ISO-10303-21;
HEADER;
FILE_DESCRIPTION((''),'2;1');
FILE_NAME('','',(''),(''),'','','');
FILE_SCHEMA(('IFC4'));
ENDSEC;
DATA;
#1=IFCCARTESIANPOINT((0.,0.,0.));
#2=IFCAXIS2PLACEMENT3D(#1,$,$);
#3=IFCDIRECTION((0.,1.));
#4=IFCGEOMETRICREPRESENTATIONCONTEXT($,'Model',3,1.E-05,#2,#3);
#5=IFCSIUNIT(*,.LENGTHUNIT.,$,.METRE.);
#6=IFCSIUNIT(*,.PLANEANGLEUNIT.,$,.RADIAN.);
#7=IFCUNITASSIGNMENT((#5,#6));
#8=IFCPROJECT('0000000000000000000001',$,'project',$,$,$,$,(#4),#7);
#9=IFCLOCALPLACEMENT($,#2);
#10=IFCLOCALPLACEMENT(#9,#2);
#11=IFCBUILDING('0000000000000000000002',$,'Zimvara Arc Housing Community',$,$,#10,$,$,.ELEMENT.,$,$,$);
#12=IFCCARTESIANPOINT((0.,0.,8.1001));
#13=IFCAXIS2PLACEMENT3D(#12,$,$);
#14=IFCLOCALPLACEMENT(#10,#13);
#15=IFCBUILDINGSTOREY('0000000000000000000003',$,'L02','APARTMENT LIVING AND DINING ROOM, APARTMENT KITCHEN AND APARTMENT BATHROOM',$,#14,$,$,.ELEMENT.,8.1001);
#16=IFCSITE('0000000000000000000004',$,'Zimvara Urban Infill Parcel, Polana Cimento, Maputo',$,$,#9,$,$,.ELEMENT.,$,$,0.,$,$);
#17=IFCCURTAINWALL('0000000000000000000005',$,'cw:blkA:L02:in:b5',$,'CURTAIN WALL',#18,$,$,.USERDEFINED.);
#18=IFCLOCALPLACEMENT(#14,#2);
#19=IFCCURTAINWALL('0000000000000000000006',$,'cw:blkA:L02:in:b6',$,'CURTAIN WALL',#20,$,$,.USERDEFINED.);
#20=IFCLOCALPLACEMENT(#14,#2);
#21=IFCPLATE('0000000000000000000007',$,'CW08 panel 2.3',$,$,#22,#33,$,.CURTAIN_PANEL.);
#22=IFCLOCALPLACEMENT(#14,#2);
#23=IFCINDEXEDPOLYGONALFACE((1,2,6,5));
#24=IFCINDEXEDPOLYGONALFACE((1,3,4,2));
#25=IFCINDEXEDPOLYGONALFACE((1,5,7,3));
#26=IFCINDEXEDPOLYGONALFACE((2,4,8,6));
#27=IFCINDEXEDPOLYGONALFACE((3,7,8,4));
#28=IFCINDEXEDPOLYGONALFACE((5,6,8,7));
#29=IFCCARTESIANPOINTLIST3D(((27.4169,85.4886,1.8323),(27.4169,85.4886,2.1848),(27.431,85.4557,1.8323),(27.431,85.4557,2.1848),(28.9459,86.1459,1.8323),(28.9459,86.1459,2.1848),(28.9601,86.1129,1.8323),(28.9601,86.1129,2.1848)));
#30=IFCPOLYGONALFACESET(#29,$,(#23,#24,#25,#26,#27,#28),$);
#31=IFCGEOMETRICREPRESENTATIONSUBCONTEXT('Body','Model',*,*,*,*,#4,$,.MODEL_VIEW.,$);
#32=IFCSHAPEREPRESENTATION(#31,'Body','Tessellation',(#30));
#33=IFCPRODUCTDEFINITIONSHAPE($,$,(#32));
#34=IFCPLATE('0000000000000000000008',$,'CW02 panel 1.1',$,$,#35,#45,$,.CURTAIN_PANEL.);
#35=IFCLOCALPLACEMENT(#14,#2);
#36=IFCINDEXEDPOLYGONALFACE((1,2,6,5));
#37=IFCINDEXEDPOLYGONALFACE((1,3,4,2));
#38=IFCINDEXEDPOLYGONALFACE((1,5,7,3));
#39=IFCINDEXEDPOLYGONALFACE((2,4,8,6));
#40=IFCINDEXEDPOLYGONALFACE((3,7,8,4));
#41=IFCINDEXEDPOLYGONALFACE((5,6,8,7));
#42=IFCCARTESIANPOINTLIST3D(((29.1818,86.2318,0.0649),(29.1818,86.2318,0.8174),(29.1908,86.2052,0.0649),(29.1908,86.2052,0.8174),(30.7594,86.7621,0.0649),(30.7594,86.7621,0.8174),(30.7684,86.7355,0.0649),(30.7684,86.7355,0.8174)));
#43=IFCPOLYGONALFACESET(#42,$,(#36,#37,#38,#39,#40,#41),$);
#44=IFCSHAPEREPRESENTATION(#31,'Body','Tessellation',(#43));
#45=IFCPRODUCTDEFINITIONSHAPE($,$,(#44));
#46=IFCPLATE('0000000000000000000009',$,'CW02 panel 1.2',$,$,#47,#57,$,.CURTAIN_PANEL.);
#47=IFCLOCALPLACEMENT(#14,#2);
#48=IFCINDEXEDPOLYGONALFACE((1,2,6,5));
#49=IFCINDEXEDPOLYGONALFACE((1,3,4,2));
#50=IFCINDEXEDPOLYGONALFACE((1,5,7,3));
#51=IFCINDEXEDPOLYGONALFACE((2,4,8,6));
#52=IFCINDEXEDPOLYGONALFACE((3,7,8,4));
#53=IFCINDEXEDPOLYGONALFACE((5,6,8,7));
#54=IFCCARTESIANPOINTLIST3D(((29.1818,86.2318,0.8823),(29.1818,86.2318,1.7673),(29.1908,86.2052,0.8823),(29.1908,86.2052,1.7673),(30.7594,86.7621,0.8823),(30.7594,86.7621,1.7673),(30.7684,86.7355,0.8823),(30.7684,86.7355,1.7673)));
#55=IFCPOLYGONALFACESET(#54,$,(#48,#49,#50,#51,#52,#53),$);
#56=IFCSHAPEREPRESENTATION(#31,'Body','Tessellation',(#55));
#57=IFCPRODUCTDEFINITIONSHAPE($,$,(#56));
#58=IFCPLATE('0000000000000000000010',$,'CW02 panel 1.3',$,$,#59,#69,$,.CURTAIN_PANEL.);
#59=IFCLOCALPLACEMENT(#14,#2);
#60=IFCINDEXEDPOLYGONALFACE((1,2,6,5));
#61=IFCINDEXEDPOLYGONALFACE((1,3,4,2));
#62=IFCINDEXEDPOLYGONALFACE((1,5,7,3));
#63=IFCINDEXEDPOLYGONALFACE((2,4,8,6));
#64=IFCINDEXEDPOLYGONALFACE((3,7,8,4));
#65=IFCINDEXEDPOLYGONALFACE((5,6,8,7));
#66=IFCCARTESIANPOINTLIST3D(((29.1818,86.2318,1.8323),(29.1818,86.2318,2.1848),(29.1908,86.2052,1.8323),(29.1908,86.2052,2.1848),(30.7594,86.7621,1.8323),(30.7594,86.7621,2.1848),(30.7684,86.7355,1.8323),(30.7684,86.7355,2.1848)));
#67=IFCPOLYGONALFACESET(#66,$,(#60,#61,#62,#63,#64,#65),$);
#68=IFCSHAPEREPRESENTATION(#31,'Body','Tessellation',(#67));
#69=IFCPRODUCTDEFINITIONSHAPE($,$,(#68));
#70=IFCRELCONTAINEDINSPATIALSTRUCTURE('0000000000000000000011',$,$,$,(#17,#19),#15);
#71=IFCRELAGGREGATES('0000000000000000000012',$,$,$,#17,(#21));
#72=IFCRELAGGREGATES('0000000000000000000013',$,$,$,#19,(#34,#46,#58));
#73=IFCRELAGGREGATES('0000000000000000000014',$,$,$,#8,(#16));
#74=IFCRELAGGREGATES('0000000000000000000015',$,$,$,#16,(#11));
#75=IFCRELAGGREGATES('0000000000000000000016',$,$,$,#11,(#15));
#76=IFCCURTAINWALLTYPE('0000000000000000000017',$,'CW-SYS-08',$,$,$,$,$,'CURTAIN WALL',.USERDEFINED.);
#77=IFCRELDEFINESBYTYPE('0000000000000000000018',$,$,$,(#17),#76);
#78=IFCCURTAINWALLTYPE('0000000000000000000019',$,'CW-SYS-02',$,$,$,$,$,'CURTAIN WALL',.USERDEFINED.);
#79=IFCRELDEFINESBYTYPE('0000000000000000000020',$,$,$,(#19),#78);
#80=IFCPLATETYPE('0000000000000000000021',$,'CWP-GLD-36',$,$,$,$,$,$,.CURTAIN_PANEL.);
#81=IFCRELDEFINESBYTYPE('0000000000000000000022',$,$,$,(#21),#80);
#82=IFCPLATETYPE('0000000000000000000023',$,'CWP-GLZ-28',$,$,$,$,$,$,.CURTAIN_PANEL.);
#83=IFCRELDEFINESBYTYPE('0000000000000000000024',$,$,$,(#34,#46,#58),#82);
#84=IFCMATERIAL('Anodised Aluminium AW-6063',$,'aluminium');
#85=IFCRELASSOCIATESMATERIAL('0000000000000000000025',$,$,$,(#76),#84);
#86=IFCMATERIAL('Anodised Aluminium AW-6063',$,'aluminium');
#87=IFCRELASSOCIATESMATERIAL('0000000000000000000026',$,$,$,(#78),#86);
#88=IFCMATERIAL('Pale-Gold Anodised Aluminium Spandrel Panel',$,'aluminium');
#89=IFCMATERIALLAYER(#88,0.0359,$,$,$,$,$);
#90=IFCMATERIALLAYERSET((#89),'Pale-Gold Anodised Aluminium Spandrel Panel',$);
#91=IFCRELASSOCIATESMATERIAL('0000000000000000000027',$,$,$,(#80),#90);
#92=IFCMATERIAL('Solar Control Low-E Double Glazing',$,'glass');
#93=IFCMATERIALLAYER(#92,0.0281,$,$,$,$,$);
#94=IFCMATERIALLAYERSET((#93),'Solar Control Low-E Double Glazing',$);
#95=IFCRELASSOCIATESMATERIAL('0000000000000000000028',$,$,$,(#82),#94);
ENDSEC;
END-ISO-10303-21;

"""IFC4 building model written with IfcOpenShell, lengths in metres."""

from ifc_helpers import new_model, si_unit, direction, frame, origin, origin_2d, place, context, subcontext, project, spatial, rectangle, extrude, material, layer, layer_set, type_object, element, aggregate, save


model = new_model("IFC4")

# Units and contexts
model_context = context("Model", 3, precision=1e-05, world=origin(), true_north=direction((0.0, 1.0)))
body_context = subcontext(model_context, "Body", "Model", "MODEL_VIEW")
ifc_project = project(units=[si_unit("LENGTHUNIT", "METRE"), si_unit("PLANEANGLEUNIT", "RADIAN")], contexts=[model_context])

# Site, building, storey
site_placement = place(None, origin())
site = spatial("IfcSite", under=ifc_project, at=site_placement, Name="Zimvara Urban Infill Parcel, Polana Cimento, Maputo", CompositionType="ELEMENT", RefElevation=0.0)
building_placement = place(site_placement, origin())
building = spatial("IfcBuilding", under=site, at=building_placement, Name="Zimvara Arc Housing Community", CompositionType="ELEMENT")
storey_placement = place(building_placement, frame((0.0, 0.0, 8.1001)))
storey = spatial("IfcBuildingStorey", under=building, at=storey_placement, Name="L02", Description="APARTMENT LIVING AND DINING ROOM, APARTMENT KITCHEN AND APARTMENT BATHROOM", CompositionType="ELEMENT", Elevation=8.1001)

# Curtain walls
ifc_material_1 = material(Name="Anodised Aluminium AW-6063", Category="aluminium")
curtain_wall_type_1 = type_object("IfcCurtainWallType", Name="CW-SYS-08", ElementType="CURTAIN WALL", PredefinedType="USERDEFINED", material=ifc_material_1)
curtain_wall_1_placement = place(storey_placement, origin())
curtain_wall_1 = element("IfcCurtainWall", 1, at=curtain_wall_1_placement, inside=storey, type_object=curtain_wall_type_1, Name="cw:blkA:L02:in:b5", ObjectType="CURTAIN WALL", PredefinedType="USERDEFINED")
ifc_material_2 = material(Name="Anodised Aluminium AW-6063", Category="aluminium")
curtain_wall_type_2 = type_object("IfcCurtainWallType", Name="CW-SYS-02", ElementType="CURTAIN WALL", PredefinedType="USERDEFINED", material=ifc_material_2)
curtain_wall_2_placement = place(storey_placement, origin())
curtain_wall_2 = element("IfcCurtainWall", 2, at=curtain_wall_2_placement, inside=storey, type_object=curtain_wall_type_2, Name="cw:blkA:L02:in:b6", ObjectType="CURTAIN WALL", PredefinedType="USERDEFINED")

# Plates
ifc_material_3 = material(Name="Pale-Gold Anodised Aluminium Spandrel Panel", Category="aluminium")
ifc_layer_1 = layer(ifc_material_3, 0.0359)
ifc_layer_set_1 = layer_set([ifc_layer_1], Name="Pale-Gold Anodised Aluminium Spandrel Panel")
plate_type_1 = type_object("IfcPlateType", Name="CWP-GLD-36", PredefinedType="CURTAIN_PANEL", material=ifc_layer_set_1)
plate_1_placement = place(storey_placement, frame((28.1885, 85.8008, 1.8323), z_axis=(0.0, 0.0, 1.0), x_axis=(0.918722, 0.394904, 0.0)))
plate_1 = element("IfcPlate", 3, at=plate_1_placement, type_object=plate_type_1, Name="CW08 panel 2.3", PredefinedType="CURTAIN_PANEL", context=body_context, shape_type="SweptSolid", body=[
    extrude(rectangle(XDim=1.6643, YDim=0.0359, at=origin_2d()), origin(), (0.0, 0.0, 1.0), 0.3525),
])
aggregate(curtain_wall_1, [plate_1])
ifc_material_4 = material(Name="Solar Control Low-E Double Glazing", Category="glass")
ifc_layer_2 = layer(ifc_material_4, 0.0281)
ifc_layer_set_2 = layer_set([ifc_layer_2], Name="Solar Control Low-E Double Glazing")
plate_type_2 = type_object("IfcPlateType", Name="CWP-GLZ-28", PredefinedType="CURTAIN_PANEL", material=ifc_layer_set_2)
plate_2_placement = place(storey_placement, frame((29.9751, 86.4836, 0.0649), z_axis=(0.0, 0.0, 1.0), x_axis=(0.947879, 0.31863, 0.0)))
plate_2 = element("IfcPlate", 4, at=plate_2_placement, type_object=plate_type_2, Name="CW02 panel 1.1", PredefinedType="CURTAIN_PANEL", context=body_context, shape_type="SweptSolid", body=[
    extrude(rectangle(XDim=1.6643, YDim=0.0281, at=origin_2d()), origin(), (0.0, 0.0, 1.0), 0.7524),
])
plate_3_placement = place(storey_placement, frame((29.9751, 86.4836, 0.8823), z_axis=(0.0, 0.0, 1.0), x_axis=(0.947879, 0.31863, 0.0)))
plate_3 = element("IfcPlate", 5, at=plate_3_placement, type_object=plate_type_2, Name="CW02 panel 1.2", PredefinedType="CURTAIN_PANEL", context=body_context, shape_type="SweptSolid", body=[
    extrude(rectangle(XDim=1.6643, YDim=0.0281, at=origin_2d()), origin(), (0.0, 0.0, 1.0), 0.885),
])
plate_4_placement = place(storey_placement, frame((29.9751, 86.4836, 1.8323), z_axis=(0.0, 0.0, 1.0), x_axis=(0.947879, 0.31863, 0.0)))
plate_4 = element("IfcPlate", 6, at=plate_4_placement, type_object=plate_type_2, Name="CW02 panel 1.3", PredefinedType="CURTAIN_PANEL", context=body_context, shape_type="SweptSolid", body=[
    extrude(rectangle(XDim=1.6643, YDim=0.0281, at=origin_2d()), origin(), (0.0, 0.0, 1.0), 0.3525),
])
aggregate(curtain_wall_2, [plate_2, plate_3, plate_4])

save(model, "model.ifc")
